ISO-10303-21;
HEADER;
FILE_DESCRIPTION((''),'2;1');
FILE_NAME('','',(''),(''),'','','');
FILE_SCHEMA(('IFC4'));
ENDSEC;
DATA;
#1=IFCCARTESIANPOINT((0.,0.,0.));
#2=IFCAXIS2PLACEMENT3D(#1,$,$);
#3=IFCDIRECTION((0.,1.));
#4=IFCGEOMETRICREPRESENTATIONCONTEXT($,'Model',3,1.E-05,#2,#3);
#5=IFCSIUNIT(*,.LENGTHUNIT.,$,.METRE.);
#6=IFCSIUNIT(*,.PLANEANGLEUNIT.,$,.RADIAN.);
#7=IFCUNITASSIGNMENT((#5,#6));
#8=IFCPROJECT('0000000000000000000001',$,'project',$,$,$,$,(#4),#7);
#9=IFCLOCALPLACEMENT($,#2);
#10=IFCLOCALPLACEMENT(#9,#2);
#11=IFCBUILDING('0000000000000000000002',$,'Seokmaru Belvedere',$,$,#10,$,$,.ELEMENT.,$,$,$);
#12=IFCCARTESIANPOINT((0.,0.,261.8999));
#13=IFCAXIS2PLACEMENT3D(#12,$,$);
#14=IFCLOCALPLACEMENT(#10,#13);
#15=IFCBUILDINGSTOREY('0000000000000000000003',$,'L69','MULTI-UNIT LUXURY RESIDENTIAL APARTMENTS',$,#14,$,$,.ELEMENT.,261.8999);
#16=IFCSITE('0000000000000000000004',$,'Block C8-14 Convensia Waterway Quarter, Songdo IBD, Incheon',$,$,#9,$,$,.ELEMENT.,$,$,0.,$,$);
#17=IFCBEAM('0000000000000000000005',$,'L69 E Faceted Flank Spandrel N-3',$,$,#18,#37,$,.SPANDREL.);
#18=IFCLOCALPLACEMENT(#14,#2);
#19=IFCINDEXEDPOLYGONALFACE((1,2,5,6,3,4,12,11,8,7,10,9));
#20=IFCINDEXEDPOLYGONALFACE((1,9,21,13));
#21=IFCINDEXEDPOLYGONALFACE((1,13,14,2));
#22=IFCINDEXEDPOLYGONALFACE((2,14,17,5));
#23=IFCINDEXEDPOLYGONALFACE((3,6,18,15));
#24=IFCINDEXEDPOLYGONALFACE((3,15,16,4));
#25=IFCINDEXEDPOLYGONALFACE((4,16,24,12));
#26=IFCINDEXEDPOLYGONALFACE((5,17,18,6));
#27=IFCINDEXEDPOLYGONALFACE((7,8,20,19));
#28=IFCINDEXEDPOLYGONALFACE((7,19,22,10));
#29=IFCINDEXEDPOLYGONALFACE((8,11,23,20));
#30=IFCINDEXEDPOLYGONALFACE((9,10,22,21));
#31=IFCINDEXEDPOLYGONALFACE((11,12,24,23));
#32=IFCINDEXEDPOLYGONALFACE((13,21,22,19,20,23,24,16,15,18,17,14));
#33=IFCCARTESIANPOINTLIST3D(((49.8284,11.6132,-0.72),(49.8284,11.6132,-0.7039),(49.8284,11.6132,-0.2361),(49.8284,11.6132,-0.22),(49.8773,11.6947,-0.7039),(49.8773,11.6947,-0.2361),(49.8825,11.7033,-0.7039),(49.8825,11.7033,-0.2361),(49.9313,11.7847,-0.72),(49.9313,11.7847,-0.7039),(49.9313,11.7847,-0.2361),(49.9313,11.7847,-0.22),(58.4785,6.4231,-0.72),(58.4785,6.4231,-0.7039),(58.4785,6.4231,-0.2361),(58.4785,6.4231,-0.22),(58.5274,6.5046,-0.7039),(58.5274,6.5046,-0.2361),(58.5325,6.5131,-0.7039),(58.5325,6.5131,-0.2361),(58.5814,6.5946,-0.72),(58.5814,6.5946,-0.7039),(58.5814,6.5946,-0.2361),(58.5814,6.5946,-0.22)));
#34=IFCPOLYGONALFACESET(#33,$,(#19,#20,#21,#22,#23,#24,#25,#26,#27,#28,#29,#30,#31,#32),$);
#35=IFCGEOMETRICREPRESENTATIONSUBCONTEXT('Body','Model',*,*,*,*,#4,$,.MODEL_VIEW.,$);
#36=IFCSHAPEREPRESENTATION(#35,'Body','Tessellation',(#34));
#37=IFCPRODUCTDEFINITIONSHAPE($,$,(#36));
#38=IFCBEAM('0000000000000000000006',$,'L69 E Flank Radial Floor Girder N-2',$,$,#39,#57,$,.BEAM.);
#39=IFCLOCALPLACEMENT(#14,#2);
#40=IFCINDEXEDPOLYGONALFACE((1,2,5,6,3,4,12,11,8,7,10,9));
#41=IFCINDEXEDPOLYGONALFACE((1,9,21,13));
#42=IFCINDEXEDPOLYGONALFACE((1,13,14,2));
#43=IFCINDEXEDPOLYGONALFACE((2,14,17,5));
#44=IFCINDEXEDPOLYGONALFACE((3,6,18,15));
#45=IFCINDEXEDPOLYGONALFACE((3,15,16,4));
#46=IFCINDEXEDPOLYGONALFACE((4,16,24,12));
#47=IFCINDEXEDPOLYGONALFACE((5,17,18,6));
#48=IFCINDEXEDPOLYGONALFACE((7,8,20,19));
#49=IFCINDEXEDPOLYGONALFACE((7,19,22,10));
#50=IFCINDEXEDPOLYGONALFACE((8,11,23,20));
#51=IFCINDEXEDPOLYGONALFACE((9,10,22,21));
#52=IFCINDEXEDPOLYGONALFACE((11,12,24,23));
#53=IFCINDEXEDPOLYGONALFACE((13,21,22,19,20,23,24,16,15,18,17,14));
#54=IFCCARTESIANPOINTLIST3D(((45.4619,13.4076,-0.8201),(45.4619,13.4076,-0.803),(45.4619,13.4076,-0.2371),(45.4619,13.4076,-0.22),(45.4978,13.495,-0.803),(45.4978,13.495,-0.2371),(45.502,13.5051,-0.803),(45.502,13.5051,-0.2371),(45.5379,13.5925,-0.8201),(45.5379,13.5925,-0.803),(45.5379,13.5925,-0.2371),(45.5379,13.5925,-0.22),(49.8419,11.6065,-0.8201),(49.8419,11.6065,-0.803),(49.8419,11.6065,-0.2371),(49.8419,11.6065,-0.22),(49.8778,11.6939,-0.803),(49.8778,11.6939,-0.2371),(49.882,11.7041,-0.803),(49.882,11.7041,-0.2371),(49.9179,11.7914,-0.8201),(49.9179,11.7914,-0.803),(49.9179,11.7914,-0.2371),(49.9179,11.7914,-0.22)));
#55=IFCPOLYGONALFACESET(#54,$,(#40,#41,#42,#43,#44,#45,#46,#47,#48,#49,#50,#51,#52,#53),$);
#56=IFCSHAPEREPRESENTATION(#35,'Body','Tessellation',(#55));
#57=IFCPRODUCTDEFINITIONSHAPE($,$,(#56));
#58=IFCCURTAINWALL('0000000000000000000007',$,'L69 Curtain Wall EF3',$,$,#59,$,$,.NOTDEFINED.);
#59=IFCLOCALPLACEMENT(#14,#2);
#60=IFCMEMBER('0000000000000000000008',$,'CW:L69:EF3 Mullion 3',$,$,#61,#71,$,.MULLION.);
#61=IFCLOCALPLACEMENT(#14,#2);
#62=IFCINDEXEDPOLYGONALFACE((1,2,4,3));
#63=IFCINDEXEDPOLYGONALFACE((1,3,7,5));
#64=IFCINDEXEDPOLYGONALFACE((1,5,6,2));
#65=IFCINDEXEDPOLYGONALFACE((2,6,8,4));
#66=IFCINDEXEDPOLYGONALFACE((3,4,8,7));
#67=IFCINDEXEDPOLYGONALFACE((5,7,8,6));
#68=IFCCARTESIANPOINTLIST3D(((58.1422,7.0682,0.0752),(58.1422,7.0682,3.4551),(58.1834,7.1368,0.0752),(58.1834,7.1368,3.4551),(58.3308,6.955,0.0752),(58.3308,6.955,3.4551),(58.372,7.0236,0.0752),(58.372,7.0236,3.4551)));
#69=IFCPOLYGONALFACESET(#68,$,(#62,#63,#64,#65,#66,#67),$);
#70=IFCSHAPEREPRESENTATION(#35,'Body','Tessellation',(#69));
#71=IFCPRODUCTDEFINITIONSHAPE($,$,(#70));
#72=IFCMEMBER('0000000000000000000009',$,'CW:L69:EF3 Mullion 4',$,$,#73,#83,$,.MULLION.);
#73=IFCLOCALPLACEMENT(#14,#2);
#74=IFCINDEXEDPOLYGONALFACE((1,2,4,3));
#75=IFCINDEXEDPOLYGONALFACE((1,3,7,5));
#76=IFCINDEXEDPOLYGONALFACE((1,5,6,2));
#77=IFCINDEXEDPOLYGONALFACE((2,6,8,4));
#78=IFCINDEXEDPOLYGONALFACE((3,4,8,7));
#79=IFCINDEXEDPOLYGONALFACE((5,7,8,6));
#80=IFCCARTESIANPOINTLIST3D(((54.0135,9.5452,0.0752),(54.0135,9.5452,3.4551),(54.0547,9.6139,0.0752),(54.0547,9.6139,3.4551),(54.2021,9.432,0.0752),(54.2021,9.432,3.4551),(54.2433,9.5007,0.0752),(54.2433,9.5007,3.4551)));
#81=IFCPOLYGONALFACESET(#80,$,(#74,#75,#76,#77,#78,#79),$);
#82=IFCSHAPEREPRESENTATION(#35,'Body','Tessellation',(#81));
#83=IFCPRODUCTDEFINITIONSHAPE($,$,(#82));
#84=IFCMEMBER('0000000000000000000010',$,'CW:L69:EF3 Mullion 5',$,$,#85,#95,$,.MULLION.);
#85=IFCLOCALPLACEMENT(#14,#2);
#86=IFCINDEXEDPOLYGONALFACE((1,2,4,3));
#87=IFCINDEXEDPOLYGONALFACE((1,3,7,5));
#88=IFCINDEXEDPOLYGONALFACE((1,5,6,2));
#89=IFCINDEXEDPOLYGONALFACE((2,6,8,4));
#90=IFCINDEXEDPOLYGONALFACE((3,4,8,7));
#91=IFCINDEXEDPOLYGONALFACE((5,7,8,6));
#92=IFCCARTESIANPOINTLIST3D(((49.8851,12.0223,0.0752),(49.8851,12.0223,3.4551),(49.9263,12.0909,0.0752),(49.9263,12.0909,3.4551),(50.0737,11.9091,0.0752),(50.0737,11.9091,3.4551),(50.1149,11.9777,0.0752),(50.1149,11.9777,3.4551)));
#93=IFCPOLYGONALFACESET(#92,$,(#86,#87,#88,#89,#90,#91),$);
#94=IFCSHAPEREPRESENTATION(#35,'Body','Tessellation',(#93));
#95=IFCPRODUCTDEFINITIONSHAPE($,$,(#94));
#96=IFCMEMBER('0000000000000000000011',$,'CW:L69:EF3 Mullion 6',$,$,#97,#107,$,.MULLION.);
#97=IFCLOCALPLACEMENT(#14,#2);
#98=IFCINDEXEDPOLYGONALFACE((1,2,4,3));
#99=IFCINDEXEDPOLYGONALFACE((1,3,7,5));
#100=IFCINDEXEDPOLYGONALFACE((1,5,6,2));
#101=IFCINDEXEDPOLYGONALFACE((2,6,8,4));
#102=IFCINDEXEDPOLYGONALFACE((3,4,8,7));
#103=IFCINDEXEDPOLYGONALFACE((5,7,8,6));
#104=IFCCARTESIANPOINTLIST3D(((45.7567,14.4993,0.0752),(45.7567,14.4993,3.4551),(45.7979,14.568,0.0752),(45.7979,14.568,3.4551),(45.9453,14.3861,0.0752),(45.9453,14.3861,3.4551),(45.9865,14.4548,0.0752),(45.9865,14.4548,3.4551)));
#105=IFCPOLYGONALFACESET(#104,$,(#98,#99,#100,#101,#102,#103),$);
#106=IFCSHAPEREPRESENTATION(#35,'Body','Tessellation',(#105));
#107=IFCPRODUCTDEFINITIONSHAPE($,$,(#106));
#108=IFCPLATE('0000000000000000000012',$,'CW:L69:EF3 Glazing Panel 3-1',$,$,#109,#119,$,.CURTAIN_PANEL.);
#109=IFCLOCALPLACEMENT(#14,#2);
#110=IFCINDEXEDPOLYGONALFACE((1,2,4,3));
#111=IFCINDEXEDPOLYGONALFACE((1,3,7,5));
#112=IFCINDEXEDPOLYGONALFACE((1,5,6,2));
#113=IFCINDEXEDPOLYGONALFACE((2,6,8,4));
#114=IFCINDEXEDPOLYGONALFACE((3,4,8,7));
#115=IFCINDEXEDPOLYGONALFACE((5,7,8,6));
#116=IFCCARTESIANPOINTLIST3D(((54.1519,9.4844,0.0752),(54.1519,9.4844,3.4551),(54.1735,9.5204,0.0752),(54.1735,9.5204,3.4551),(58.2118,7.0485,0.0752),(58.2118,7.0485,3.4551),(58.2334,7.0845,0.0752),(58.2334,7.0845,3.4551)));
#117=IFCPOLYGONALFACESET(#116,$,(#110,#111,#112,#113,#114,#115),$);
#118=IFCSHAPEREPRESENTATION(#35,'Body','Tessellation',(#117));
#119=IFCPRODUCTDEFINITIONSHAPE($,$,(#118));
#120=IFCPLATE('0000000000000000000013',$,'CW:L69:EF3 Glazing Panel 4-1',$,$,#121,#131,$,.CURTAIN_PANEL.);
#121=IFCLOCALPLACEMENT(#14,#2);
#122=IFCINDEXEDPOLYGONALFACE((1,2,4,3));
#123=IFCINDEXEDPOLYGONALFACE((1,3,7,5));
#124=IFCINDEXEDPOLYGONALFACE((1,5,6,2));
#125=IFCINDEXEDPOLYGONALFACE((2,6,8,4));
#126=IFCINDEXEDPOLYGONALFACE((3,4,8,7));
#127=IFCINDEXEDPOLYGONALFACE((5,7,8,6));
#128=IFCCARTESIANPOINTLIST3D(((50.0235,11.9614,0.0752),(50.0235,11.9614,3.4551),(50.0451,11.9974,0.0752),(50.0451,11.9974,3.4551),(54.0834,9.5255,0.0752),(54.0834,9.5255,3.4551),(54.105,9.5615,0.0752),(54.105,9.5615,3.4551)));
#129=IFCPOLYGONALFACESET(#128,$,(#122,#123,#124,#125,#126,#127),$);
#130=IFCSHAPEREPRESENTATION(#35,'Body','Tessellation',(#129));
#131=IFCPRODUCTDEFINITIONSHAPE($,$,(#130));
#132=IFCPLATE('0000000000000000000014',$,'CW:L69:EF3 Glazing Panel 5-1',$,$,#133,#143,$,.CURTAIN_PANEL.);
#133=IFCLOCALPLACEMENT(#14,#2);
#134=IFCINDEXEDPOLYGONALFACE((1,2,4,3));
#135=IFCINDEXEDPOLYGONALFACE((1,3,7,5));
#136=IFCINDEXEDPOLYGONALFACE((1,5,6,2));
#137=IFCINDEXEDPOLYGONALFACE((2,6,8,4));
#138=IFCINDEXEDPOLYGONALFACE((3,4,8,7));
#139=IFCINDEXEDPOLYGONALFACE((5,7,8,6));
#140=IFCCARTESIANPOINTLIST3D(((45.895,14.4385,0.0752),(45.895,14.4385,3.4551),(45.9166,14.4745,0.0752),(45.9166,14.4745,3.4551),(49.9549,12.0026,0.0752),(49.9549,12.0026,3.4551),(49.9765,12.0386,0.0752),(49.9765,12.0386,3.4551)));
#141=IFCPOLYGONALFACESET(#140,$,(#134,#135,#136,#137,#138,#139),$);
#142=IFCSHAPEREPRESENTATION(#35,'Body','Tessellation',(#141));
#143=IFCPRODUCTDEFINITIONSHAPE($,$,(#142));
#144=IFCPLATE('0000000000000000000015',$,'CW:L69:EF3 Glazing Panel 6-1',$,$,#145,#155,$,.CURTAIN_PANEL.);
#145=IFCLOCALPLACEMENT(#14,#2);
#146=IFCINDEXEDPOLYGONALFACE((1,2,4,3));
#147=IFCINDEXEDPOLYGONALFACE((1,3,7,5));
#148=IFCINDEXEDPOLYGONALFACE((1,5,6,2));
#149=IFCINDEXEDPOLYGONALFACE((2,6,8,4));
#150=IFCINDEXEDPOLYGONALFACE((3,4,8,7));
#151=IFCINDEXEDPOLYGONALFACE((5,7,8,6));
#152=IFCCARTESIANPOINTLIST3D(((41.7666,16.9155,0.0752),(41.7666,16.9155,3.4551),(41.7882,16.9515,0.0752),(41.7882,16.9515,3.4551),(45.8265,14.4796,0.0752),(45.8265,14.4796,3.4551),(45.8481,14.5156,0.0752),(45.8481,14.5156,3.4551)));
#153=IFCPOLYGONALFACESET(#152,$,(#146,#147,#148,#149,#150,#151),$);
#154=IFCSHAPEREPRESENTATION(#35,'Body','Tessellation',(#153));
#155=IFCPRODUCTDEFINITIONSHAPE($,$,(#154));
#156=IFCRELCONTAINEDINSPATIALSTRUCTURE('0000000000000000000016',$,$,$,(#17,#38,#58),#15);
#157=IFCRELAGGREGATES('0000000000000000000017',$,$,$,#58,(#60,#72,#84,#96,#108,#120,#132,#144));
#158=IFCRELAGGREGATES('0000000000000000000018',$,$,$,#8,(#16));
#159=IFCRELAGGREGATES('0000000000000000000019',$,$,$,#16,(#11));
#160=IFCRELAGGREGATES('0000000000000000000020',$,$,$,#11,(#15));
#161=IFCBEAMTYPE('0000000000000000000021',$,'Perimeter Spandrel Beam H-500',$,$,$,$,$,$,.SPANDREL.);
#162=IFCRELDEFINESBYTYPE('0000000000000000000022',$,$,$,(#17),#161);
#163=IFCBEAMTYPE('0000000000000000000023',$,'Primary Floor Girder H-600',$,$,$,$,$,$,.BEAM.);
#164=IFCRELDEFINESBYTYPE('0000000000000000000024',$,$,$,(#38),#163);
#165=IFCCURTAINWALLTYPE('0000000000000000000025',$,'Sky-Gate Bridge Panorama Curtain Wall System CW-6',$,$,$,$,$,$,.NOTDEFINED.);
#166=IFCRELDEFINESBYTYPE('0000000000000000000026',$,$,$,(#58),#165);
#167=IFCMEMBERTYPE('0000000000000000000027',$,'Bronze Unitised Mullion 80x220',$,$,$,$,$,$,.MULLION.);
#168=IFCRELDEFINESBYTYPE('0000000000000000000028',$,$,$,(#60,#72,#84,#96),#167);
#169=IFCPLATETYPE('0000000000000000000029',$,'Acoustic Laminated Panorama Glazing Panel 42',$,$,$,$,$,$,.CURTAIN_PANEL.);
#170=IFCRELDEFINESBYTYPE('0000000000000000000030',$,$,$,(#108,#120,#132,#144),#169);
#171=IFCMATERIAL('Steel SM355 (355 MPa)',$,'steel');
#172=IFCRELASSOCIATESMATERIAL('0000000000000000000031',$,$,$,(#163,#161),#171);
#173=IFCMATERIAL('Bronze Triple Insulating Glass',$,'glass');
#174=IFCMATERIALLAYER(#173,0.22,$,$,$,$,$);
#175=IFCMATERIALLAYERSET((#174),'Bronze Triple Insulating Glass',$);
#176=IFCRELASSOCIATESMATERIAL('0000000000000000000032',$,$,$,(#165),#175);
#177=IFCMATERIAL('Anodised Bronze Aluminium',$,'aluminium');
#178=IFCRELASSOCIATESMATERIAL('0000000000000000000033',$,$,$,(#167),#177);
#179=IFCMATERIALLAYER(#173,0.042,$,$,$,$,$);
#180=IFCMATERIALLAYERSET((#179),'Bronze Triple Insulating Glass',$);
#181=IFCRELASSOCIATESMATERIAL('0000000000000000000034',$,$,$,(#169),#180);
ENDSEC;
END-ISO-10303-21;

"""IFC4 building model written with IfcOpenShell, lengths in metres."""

from ifc_helpers import new_model, si_unit, direction, frame, origin, origin_2d, place, context, subcontext, project, spatial, rectangle, i_section, extrude, source, transform, mapped, material, layer, layer_set, material_profile, profile_set, type_object, type_shapes, element, aggregate, save


model = new_model("IFC4")

# Units and contexts
model_context = context("Model", 3, precision=1e-05, world=origin(), true_north=direction((0.0, 1.0)))
body_context = subcontext(model_context, "Body", "Model", "MODEL_VIEW")
ifc_project = project(units=[si_unit("LENGTHUNIT", "METRE"), si_unit("PLANEANGLEUNIT", "RADIAN")], contexts=[model_context])

# Site, building, storey
site_placement = place(None, origin())
site = spatial("IfcSite", under=ifc_project, at=site_placement, Name="Block C8-14 Convensia Waterway Quarter, Songdo IBD, Incheon", CompositionType="ELEMENT", RefElevation=0.0)
building_placement = place(site_placement, origin())
building = spatial("IfcBuilding", under=site, at=building_placement, Name="Seokmaru Belvedere", CompositionType="ELEMENT")
storey_placement = place(building_placement, frame((0.0, 0.0, 261.8999)))
storey = spatial("IfcBuildingStorey", under=building, at=storey_placement, Name="L69", Description="MULTI-UNIT LUXURY RESIDENTIAL APARTMENTS", CompositionType="ELEMENT", Elevation=261.8999)

# Shared definitions
ifc_material_1 = material(Name="Steel SM355 (355 MPa)", Category="steel")

# Beams
ifc_material_profile_1 = material_profile(ifc_material_1, i_section(OverallWidth=0.2, OverallDepth=0.6001, WebThickness=0.011, FlangeThickness=0.0171, at=origin_2d()), Name="H-600x200x11x17")
ifc_profile_set_1 = profile_set([ifc_material_profile_1], Name="Steel SM355 (355 MPa)")
beam_type_1 = type_object("IfcBeamType", Name="Primary Floor Girder H-600", PredefinedType="BEAM", material=ifc_profile_set_1)
ifc_material_profile_2 = material_profile(ifc_material_1, i_section(OverallWidth=0.2, OverallDepth=0.5, WebThickness=0.01, FlangeThickness=0.0161, at=origin_2d()), Name="H-500x200x10x16")
ifc_profile_set_2 = profile_set([ifc_material_profile_2], Name="Steel SM355 (355 MPa)")
beam_type_2 = type_object("IfcBeamType", Name="Perimeter Spandrel Beam H-500", PredefinedType="SPANDREL", material=ifc_profile_set_2)
shared_shape_1 = source(origin(), body_context, "Body", "SweptSolid", [
    extrude(i_section(OverallWidth=0.2, OverallDepth=0.5, WebThickness=0.01, FlangeThickness=0.0161, at=origin_2d()), origin(), (0.0, 0.0, 1.0), 10.0876),
])
type_shapes(beam_type_2, [shared_shape_1])
beam_1_placement = place(storey_placement, frame((49.8799, 11.699, -0.47), z_axis=(0.857489, -0.514503, 0.0), x_axis=(0.514503, 0.857489, 0.0)))
element("IfcBeam", 1, at=beam_1_placement, inside=storey, type_object=beam_type_2, Name="L69 E Faceted Flank Spandrel N-3", PredefinedType="SPANDREL", context=body_context, shape_type="MappedRepresentation", body=[
    mapped(shared_shape_1, transform((0.0, 0.0, 0.0), scale=1.0)),
])
shared_shape_2 = source(origin(), body_context, "Body", "SweptSolid", [
    extrude(i_section(OverallWidth=0.2, OverallDepth=0.6001, WebThickness=0.011, FlangeThickness=0.0171, at=origin_2d()), origin(), (0.0, 0.0, 1.0), 4.7358),
])
beam_2_placement = place(storey_placement, frame((49.8799, 11.699, -0.52), z_axis=(-0.924861, 0.380306, 0.0), x_axis=(-0.380306, -0.924861, 0.0)))
element("IfcBeam", 2, at=beam_2_placement, inside=storey, type_object=beam_type_1, Name="L69 E Flank Radial Floor Girder N-2", PredefinedType="BEAM", context=body_context, shape_type="MappedRepresentation", body=[
    mapped(shared_shape_2, transform((0.0, 0.0, 0.0), scale=1.0)),
])

# Curtain wall, members, plates
ifc_material_2 = material(Name="Bronze Triple Insulating Glass", Category="glass")
ifc_layer_1 = layer(ifc_material_2, 0.22)
ifc_layer_set_1 = layer_set([ifc_layer_1], Name="Bronze Triple Insulating Glass")
curtain_wall_type = type_object("IfcCurtainWallType", Name="Sky-Gate Bridge Panorama Curtain Wall System CW-6", PredefinedType="NOTDEFINED", material=ifc_layer_set_1)
curtain_wall_placement = place(storey_placement, origin())
curtain_wall = element("IfcCurtainWall", 3, at=curtain_wall_placement, inside=storey, type_object=curtain_wall_type, Name="L69 Curtain Wall EF3", PredefinedType="NOTDEFINED")
ifc_material_3 = material(Name="Anodised Bronze Aluminium", Category="aluminium")
ifc_material_profile_3 = material_profile(ifc_material_3, rectangle(XDim=0.0801, YDim=0.22, at=origin_2d()), Name="CW-M-80x220")
ifc_profile_set_3 = profile_set([ifc_material_profile_3], Name="Anodised Bronze Aluminium")
member_type = type_object("IfcMemberType", Name="Bronze Unitised Mullion 80x220", PredefinedType="MULLION", material=ifc_profile_set_3)
shared_shape_3 = source(origin(), body_context, "Body", "SweptSolid", [
    extrude(rectangle(XDim=0.0801, YDim=0.22, at=origin_2d()), origin(), (0.0, 0.0, 1.0), 3.3799),
])
type_shapes(member_type, [shared_shape_3])
member_1_placement = place(storey_placement, frame((58.2571, 7.0459, 0.0752), z_axis=(0.0, 0.0, 1.0), x_axis=(-0.514495, -0.857493, 0.0)))
member_1 = element("IfcMember", 4, at=member_1_placement, type_object=member_type, Name="CW:L69:EF3 Mullion 3", PredefinedType="MULLION", context=body_context, shape_type="MappedRepresentation", body=[
    mapped(shared_shape_3, transform((0.0, 0.0, 0.0), scale=1.0)),
])
member_2_placement = place(storey_placement, frame((54.1284, 9.5229, 0.0752), z_axis=(0.0, 0.0, 1.0), x_axis=(-0.514495, -0.857493, 0.0)))
member_2 = element("IfcMember", 5, at=member_2_placement, type_object=member_type, Name="CW:L69:EF3 Mullion 4", PredefinedType="MULLION", context=body_context, shape_type="MappedRepresentation", body=[
    mapped(shared_shape_3, transform((0.0, 0.0, 0.0), scale=1.0)),
])
member_3_placement = place(storey_placement, frame((50.0, 12.0, 0.0752), z_axis=(0.0, 0.0, 1.0), x_axis=(-0.514495, -0.857493, 0.0)))
member_3 = element("IfcMember", 6, at=member_3_placement, type_object=member_type, Name="CW:L69:EF3 Mullion 5", PredefinedType="MULLION", context=body_context, shape_type="MappedRepresentation", body=[
    mapped(shared_shape_3, transform((0.0, 0.0, 0.0), scale=1.0)),
])
member_4_placement = place(storey_placement, frame((45.8716, 14.4771, 0.0752), z_axis=(0.0, 0.0, 1.0), x_axis=(-0.514495, -0.857493, 0.0)))
member_4 = element("IfcMember", 7, at=member_4_placement, type_object=member_type, Name="CW:L69:EF3 Mullion 6", PredefinedType="MULLION", context=body_context, shape_type="MappedRepresentation", body=[
    mapped(shared_shape_3, transform((0.0, 0.0, 0.0), scale=1.0)),
])
ifc_layer_2 = layer(ifc_material_2, 0.042)
ifc_layer_set_2 = layer_set([ifc_layer_2], Name="Bronze Triple Insulating Glass")
plate_type = type_object("IfcPlateType", Name="Acoustic Laminated Panorama Glazing Panel 42", PredefinedType="CURTAIN_PANEL", material=ifc_layer_set_2)
shared_shape_4 = source(origin(), body_context, "Body", "SweptSolid", [
    extrude(rectangle(XDim=4.7346, YDim=0.042, at=origin_2d()), origin(), (0.0, 0.0, 1.0), 3.3799),
])
type_shapes(plate_type, [shared_shape_4])
plate_1_placement = place(storey_placement, frame((56.1926, 8.2844, 0.0752), z_axis=(0.0, 0.0, 1.0), x_axis=(-0.857493, 0.514495, 0.0)))
plate_1 = element("IfcPlate", 8, at=plate_1_placement, type_object=plate_type, Name="CW:L69:EF3 Glazing Panel 3-1", PredefinedType="CURTAIN_PANEL", context=body_context, shape_type="MappedRepresentation", body=[
    mapped(shared_shape_4, transform((0.0, 0.0, 0.0), scale=1.0)),
])
plate_2_placement = place(storey_placement, frame((52.0642, 10.7615, 0.0752), z_axis=(0.0, 0.0, 1.0), x_axis=(-0.857493, 0.514495, 0.0)))
plate_2 = element("IfcPlate", 9, at=plate_2_placement, type_object=plate_type, Name="CW:L69:EF3 Glazing Panel 4-1", PredefinedType="CURTAIN_PANEL", context=body_context, shape_type="MappedRepresentation", body=[
    mapped(shared_shape_4, transform((0.0, 0.0, 0.0), scale=1.0)),
])
plate_3_placement = place(storey_placement, frame((47.9358, 13.2385, 0.0752), z_axis=(0.0, 0.0, 1.0), x_axis=(-0.857493, 0.514495, 0.0)))
plate_3 = element("IfcPlate", 10, at=plate_3_placement, type_object=plate_type, Name="CW:L69:EF3 Glazing Panel 5-1", PredefinedType="CURTAIN_PANEL", context=body_context, shape_type="MappedRepresentation", body=[
    mapped(shared_shape_4, transform((0.0, 0.0, 0.0), scale=1.0)),
])
plate_4_placement = place(storey_placement, frame((43.8074, 15.7156, 0.0752), z_axis=(0.0, 0.0, 1.0), x_axis=(-0.857493, 0.514495, 0.0)))
plate_4 = element("IfcPlate", 11, at=plate_4_placement, type_object=plate_type, Name="CW:L69:EF3 Glazing Panel 6-1", PredefinedType="CURTAIN_PANEL", context=body_context, shape_type="MappedRepresentation", body=[
    mapped(shared_shape_4, transform((0.0, 0.0, 0.0), scale=1.0)),
])
aggregate(curtain_wall, [member_1, member_2, member_3, member_4, plate_1, plate_2, plate_3, plate_4])

save(model, "model.ifc")
